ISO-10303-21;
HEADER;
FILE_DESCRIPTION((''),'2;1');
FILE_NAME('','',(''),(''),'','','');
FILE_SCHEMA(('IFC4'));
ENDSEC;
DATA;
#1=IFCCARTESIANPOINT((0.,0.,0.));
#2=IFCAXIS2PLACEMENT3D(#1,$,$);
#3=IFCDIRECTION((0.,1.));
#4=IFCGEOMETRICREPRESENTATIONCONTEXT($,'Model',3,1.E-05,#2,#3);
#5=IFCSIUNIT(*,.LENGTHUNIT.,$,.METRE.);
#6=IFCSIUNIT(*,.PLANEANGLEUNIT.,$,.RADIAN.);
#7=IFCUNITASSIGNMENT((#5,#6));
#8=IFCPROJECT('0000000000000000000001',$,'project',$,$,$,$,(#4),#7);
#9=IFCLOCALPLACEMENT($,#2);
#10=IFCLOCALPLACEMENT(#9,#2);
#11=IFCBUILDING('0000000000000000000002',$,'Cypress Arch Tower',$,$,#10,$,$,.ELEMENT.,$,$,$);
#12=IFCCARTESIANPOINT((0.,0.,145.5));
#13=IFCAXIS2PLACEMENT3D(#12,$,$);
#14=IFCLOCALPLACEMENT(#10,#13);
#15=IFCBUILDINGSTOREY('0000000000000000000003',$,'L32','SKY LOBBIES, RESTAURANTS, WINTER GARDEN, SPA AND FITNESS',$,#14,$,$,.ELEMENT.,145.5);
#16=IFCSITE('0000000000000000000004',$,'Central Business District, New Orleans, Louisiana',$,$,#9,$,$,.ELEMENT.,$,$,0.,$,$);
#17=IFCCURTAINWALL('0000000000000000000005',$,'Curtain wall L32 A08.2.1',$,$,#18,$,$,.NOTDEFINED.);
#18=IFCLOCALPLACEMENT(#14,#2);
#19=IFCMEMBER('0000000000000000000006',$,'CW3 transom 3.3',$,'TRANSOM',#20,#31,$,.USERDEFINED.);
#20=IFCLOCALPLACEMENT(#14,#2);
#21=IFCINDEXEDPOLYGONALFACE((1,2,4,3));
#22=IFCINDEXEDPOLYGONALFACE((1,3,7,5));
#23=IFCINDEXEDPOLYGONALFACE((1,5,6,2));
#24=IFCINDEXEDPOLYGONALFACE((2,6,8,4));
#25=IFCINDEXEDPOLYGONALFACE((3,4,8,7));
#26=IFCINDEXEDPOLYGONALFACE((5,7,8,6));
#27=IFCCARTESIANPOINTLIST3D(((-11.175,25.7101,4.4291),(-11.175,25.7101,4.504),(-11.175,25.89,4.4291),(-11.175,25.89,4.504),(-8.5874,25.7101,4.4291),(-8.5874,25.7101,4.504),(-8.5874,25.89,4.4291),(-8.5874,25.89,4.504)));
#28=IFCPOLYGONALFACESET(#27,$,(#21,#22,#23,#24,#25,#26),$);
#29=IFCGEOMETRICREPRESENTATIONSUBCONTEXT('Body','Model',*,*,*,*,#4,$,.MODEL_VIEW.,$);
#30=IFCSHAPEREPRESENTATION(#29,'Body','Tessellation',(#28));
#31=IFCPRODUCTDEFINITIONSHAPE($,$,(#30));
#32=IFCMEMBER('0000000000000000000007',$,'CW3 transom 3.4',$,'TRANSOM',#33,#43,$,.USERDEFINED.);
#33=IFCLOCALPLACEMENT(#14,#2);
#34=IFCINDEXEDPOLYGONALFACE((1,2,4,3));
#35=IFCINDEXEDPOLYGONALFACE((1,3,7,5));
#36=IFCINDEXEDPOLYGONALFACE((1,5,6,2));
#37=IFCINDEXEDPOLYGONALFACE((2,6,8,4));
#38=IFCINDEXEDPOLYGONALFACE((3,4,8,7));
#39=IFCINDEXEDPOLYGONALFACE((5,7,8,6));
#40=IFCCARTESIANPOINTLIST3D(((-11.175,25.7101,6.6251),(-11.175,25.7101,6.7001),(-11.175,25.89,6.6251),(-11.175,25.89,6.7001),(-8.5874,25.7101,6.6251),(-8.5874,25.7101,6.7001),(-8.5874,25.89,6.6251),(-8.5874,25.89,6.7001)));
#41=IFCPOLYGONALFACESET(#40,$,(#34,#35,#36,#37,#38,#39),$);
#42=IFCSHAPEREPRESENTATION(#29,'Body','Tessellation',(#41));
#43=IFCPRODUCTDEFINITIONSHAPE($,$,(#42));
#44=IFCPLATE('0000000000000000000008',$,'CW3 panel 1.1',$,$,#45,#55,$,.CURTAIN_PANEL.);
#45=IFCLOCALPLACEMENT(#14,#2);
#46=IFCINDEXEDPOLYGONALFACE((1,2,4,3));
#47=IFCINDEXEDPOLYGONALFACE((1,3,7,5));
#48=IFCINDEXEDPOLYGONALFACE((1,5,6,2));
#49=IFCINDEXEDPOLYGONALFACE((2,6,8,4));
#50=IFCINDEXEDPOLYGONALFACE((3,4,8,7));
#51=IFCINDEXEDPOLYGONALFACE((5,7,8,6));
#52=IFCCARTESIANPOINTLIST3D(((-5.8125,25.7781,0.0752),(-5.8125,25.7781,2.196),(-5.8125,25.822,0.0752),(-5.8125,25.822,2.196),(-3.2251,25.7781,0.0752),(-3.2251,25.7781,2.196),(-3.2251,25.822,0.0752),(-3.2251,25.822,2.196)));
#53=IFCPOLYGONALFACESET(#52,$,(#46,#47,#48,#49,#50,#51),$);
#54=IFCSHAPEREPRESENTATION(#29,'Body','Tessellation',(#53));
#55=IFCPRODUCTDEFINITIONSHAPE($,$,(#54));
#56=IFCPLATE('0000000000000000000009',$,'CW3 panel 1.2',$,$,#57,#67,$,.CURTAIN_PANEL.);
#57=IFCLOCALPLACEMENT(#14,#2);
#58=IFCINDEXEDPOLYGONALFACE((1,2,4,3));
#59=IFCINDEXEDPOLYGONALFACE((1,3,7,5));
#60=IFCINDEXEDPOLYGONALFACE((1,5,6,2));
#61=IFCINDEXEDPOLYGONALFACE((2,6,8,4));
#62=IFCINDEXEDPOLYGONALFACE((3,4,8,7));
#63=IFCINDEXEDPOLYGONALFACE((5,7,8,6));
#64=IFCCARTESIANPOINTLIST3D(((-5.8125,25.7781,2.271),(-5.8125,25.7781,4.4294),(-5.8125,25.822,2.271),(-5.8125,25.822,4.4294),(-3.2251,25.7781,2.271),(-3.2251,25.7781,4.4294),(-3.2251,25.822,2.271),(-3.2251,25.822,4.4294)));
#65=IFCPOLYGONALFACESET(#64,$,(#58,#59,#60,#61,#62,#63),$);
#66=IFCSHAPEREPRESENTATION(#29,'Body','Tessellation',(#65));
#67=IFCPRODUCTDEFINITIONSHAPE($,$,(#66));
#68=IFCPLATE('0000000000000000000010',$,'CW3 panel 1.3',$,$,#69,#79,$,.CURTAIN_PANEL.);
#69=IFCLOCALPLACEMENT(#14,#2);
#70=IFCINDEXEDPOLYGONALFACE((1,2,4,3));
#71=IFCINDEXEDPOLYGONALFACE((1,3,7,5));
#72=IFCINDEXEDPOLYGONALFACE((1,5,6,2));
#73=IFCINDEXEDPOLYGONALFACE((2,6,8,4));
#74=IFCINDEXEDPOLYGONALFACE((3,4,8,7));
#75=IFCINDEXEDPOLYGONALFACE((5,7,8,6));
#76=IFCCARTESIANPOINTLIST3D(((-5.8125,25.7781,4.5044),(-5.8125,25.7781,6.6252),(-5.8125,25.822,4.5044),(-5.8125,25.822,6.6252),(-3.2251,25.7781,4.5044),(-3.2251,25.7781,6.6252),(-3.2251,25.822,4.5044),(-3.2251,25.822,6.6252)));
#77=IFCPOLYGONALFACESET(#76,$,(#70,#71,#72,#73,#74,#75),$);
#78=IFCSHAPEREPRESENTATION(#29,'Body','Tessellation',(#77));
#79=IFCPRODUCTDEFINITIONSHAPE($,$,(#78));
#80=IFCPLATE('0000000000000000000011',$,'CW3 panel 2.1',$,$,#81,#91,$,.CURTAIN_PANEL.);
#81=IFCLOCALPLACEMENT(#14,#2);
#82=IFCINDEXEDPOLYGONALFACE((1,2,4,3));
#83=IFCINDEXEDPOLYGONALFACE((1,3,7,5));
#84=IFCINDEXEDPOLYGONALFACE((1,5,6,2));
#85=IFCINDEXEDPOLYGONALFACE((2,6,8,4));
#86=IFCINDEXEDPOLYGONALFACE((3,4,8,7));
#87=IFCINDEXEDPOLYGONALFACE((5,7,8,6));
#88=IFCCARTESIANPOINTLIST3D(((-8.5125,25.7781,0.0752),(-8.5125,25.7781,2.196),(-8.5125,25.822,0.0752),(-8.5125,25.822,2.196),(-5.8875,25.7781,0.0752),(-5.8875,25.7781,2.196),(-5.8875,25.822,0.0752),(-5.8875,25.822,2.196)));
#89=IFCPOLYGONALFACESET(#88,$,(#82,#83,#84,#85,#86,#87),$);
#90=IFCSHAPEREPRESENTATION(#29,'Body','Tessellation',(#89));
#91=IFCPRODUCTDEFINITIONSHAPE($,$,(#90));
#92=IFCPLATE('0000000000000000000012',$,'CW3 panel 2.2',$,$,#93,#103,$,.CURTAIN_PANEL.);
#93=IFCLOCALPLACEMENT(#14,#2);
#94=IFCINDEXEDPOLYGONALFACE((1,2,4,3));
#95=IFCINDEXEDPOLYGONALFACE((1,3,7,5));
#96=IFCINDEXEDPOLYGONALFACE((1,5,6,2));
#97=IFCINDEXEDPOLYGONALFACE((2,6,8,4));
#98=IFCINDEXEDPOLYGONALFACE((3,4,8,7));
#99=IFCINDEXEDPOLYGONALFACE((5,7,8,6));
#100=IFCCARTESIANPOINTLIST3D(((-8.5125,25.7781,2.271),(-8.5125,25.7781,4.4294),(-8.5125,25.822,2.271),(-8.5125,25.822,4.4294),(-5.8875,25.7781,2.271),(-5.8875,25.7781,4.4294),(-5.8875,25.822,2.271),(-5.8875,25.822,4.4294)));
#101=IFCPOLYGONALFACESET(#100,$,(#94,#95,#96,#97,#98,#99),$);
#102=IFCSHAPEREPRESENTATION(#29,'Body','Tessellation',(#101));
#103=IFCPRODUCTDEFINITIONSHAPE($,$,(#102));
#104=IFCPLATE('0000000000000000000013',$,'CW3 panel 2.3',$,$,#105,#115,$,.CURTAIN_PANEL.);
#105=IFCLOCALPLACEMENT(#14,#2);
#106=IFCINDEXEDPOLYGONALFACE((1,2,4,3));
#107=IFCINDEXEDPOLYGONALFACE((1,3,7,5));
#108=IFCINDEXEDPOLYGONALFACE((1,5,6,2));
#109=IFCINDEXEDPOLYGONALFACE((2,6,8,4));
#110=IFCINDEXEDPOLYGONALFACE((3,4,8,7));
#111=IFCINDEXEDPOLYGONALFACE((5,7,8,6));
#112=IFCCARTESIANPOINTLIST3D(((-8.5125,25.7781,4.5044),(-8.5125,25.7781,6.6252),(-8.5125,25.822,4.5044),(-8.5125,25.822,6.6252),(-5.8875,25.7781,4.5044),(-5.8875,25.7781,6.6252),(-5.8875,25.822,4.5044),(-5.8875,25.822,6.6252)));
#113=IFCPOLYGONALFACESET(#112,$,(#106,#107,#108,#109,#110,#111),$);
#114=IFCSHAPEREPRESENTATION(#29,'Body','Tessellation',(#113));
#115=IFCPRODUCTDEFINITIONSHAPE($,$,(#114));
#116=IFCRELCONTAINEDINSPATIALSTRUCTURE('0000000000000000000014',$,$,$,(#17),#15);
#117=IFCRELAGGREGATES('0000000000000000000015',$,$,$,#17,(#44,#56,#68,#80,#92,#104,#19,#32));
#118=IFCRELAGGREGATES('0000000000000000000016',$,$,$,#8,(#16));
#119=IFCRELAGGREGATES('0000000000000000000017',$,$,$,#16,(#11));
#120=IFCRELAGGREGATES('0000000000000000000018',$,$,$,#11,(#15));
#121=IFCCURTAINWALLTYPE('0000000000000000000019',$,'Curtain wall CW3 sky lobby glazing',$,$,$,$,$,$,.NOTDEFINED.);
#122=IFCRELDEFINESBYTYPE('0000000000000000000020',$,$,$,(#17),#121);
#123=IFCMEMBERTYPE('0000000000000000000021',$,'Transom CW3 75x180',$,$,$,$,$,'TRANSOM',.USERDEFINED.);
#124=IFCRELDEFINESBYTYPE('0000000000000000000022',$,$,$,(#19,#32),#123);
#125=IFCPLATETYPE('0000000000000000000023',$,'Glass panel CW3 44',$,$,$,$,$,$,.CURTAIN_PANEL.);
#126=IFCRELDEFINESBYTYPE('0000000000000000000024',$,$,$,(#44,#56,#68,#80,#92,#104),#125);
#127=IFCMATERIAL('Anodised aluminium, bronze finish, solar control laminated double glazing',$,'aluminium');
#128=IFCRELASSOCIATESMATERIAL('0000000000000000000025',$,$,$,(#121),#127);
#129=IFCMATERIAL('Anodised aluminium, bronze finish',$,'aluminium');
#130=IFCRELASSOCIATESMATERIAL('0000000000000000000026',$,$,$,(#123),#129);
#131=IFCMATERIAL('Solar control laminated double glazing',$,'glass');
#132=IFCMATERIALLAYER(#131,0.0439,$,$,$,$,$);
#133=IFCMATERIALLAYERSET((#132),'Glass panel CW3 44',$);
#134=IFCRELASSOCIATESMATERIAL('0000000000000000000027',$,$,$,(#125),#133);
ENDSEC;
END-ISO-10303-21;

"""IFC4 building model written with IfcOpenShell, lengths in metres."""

from ifc_helpers import new_model, si_unit, direction, frame, origin, origin_2d, place, context, subcontext, project, spatial, rectangle, extrude, material, layer, layer_set, material_profile, profile_set, type_object, element, aggregate, save


model = new_model("IFC4")

# Units and contexts
model_context = context("Model", 3, precision=1e-05, world=origin(), true_north=direction((0.0, 1.0)))
body_context = subcontext(model_context, "Body", "Model", "MODEL_VIEW")
ifc_project = project(units=[si_unit("LENGTHUNIT", "METRE"), si_unit("PLANEANGLEUNIT", "RADIAN")], contexts=[model_context])

# Site, building, storey
site_placement = place(None, origin())
site = spatial("IfcSite", under=ifc_project, at=site_placement, Name="Central Business District, New Orleans, Louisiana", CompositionType="ELEMENT", RefElevation=0.0)
building_placement = place(site_placement, origin())
building = spatial("IfcBuilding", under=site, at=building_placement, Name="Cypress Arch Tower", CompositionType="ELEMENT")
storey_placement = place(building_placement, frame((0.0, 0.0, 145.5)))
storey = spatial("IfcBuildingStorey", under=building, at=storey_placement, Name="L32", Description="SKY LOBBIES, RESTAURANTS, WINTER GARDEN, SPA AND FITNESS", CompositionType="ELEMENT", Elevation=145.5)

# Shared definitions
ifc_material_1 = material(Name="Anodised aluminium, bronze finish, solar control laminated double glazing", Category="aluminium")
curtain_wall_type = type_object("IfcCurtainWallType", Name="Curtain wall CW3 sky lobby glazing", PredefinedType="NOTDEFINED", material=ifc_material_1)

# Curtain wall
curtain_wall_1_placement = place(storey_placement, origin())
curtain_wall_1 = element("IfcCurtainWall", 1, at=curtain_wall_1_placement, inside=storey, type_object=curtain_wall_type, Name="Curtain wall L32 A08.2.1", PredefinedType="NOTDEFINED")

# Members
ifc_material_2 = material(Name="Anodised aluminium, bronze finish", Category="aluminium")
ifc_material_profile_1 = material_profile(ifc_material_2, rectangle(XDim=0.1799, YDim=0.075, at=origin_2d()), Name="Transom 75x180")
ifc_profile_set_1 = profile_set([ifc_material_profile_1], Name="Anodised aluminium, bronze finish")
member_type_1 = type_object("IfcMemberType", Name="Transom CW3 75x180", ElementType="TRANSOM", PredefinedType="USERDEFINED", material=ifc_profile_set_1)
member_1_placement = place(storey_placement, frame((-8.5874, 25.8, 4.4666), z_axis=(-1.0, 0.0, 0.0), x_axis=(0.0, -1.0, 0.0)))
member_1 = element("IfcMember", 2, at=member_1_placement, type_object=member_type_1, Name="CW3 transom 3.3", ObjectType="TRANSOM", PredefinedType="USERDEFINED", context=body_context, shape_type="SweptSolid", body=[
    extrude(rectangle(XDim=0.1799, YDim=0.075, at=origin_2d()), origin(), (0.0, 0.0, 1.0), 2.5876),
])
member_2_placement = place(storey_placement, frame((-8.5874, 25.8, 6.6626), z_axis=(-1.0, 0.0, 0.0), x_axis=(0.0, -1.0, 0.0)))
member_2 = element("IfcMember", 3, at=member_2_placement, type_object=member_type_1, Name="CW3 transom 3.4", ObjectType="TRANSOM", PredefinedType="USERDEFINED", context=body_context, shape_type="SweptSolid", body=[
    extrude(rectangle(XDim=0.1799, YDim=0.075, at=origin_2d()), origin(), (0.0, 0.0, 1.0), 2.5876),
])

# Plates
ifc_material_3 = material(Name="Solar control laminated double glazing", Category="glass")
ifc_layer = layer(ifc_material_3, 0.0439)
ifc_layer_set = layer_set([ifc_layer], Name="Glass panel CW3 44")
plate_type = type_object("IfcPlateType", Name="Glass panel CW3 44", PredefinedType="CURTAIN_PANEL", material=ifc_layer_set)
plate_1_placement = place(storey_placement, frame((-4.5188, 25.8, 0.0752), z_axis=(0.0, 0.0, 1.0), x_axis=(-1.0, 0.0, 0.0)))
plate_1 = element("IfcPlate", 4, at=plate_1_placement, type_object=plate_type, Name="CW3 panel 1.1", PredefinedType="CURTAIN_PANEL", context=body_context, shape_type="SweptSolid", body=[
    extrude(rectangle(XDim=2.5874, YDim=0.0439, at=origin_2d()), origin(), (0.0, 0.0, 1.0), 2.1208),
])
plate_2_placement = place(storey_placement, frame((-4.5188, 25.8, 2.271), z_axis=(0.0, 0.0, 1.0), x_axis=(-1.0, 0.0, 0.0)))
plate_2 = element("IfcPlate", 5, at=plate_2_placement, type_object=plate_type, Name="CW3 panel 1.2", PredefinedType="CURTAIN_PANEL", context=body_context, shape_type="SweptSolid", body=[
    extrude(rectangle(XDim=2.5874, YDim=0.0439, at=origin_2d()), origin(), (0.0, 0.0, 1.0), 2.1584),
])
plate_3_placement = place(storey_placement, frame((-4.5188, 25.8, 4.5044), z_axis=(0.0, 0.0, 1.0), x_axis=(-1.0, 0.0, 0.0)))
plate_3 = element("IfcPlate", 6, at=plate_3_placement, type_object=plate_type, Name="CW3 panel 1.3", PredefinedType="CURTAIN_PANEL", context=body_context, shape_type="SweptSolid", body=[
    extrude(rectangle(XDim=2.5874, YDim=0.0439, at=origin_2d()), origin(), (0.0, 0.0, 1.0), 2.1208),
])
plate_4_placement = place(storey_placement, frame((-7.2, 25.8, 0.0752), z_axis=(0.0, 0.0, 1.0), x_axis=(-1.0, 0.0, 0.0)))
plate_4 = element("IfcPlate", 7, at=plate_4_placement, type_object=plate_type, Name="CW3 panel 2.1", PredefinedType="CURTAIN_PANEL", context=body_context, shape_type="SweptSolid", body=[
    extrude(rectangle(XDim=2.625, YDim=0.0439, at=origin_2d()), origin(), (0.0, 0.0, 1.0), 2.1208),
])
plate_5_placement = place(storey_placement, frame((-7.2, 25.8, 2.271), z_axis=(0.0, 0.0, 1.0), x_axis=(-1.0, 0.0, 0.0)))
plate_5 = element("IfcPlate", 8, at=plate_5_placement, type_object=plate_type, Name="CW3 panel 2.2", PredefinedType="CURTAIN_PANEL", context=body_context, shape_type="SweptSolid", body=[
    extrude(rectangle(XDim=2.625, YDim=0.0439, at=origin_2d()), origin(), (0.0, 0.0, 1.0), 2.1584),
])
plate_6_placement = place(storey_placement, frame((-7.2, 25.8, 4.5044), z_axis=(0.0, 0.0, 1.0), x_axis=(-1.0, 0.0, 0.0)))
plate_6 = element("IfcPlate", 9, at=plate_6_placement, type_object=plate_type, Name="CW3 panel 2.3", PredefinedType="CURTAIN_PANEL", context=body_context, shape_type="SweptSolid", body=[
    extrude(rectangle(XDim=2.625, YDim=0.0439, at=origin_2d()), origin(), (0.0, 0.0, 1.0), 2.1208),
])
aggregate(curtain_wall_1, [plate_1, plate_2, plate_3, plate_4, plate_5, plate_6, member_1, member_2])

save(model, "model.ifc")
